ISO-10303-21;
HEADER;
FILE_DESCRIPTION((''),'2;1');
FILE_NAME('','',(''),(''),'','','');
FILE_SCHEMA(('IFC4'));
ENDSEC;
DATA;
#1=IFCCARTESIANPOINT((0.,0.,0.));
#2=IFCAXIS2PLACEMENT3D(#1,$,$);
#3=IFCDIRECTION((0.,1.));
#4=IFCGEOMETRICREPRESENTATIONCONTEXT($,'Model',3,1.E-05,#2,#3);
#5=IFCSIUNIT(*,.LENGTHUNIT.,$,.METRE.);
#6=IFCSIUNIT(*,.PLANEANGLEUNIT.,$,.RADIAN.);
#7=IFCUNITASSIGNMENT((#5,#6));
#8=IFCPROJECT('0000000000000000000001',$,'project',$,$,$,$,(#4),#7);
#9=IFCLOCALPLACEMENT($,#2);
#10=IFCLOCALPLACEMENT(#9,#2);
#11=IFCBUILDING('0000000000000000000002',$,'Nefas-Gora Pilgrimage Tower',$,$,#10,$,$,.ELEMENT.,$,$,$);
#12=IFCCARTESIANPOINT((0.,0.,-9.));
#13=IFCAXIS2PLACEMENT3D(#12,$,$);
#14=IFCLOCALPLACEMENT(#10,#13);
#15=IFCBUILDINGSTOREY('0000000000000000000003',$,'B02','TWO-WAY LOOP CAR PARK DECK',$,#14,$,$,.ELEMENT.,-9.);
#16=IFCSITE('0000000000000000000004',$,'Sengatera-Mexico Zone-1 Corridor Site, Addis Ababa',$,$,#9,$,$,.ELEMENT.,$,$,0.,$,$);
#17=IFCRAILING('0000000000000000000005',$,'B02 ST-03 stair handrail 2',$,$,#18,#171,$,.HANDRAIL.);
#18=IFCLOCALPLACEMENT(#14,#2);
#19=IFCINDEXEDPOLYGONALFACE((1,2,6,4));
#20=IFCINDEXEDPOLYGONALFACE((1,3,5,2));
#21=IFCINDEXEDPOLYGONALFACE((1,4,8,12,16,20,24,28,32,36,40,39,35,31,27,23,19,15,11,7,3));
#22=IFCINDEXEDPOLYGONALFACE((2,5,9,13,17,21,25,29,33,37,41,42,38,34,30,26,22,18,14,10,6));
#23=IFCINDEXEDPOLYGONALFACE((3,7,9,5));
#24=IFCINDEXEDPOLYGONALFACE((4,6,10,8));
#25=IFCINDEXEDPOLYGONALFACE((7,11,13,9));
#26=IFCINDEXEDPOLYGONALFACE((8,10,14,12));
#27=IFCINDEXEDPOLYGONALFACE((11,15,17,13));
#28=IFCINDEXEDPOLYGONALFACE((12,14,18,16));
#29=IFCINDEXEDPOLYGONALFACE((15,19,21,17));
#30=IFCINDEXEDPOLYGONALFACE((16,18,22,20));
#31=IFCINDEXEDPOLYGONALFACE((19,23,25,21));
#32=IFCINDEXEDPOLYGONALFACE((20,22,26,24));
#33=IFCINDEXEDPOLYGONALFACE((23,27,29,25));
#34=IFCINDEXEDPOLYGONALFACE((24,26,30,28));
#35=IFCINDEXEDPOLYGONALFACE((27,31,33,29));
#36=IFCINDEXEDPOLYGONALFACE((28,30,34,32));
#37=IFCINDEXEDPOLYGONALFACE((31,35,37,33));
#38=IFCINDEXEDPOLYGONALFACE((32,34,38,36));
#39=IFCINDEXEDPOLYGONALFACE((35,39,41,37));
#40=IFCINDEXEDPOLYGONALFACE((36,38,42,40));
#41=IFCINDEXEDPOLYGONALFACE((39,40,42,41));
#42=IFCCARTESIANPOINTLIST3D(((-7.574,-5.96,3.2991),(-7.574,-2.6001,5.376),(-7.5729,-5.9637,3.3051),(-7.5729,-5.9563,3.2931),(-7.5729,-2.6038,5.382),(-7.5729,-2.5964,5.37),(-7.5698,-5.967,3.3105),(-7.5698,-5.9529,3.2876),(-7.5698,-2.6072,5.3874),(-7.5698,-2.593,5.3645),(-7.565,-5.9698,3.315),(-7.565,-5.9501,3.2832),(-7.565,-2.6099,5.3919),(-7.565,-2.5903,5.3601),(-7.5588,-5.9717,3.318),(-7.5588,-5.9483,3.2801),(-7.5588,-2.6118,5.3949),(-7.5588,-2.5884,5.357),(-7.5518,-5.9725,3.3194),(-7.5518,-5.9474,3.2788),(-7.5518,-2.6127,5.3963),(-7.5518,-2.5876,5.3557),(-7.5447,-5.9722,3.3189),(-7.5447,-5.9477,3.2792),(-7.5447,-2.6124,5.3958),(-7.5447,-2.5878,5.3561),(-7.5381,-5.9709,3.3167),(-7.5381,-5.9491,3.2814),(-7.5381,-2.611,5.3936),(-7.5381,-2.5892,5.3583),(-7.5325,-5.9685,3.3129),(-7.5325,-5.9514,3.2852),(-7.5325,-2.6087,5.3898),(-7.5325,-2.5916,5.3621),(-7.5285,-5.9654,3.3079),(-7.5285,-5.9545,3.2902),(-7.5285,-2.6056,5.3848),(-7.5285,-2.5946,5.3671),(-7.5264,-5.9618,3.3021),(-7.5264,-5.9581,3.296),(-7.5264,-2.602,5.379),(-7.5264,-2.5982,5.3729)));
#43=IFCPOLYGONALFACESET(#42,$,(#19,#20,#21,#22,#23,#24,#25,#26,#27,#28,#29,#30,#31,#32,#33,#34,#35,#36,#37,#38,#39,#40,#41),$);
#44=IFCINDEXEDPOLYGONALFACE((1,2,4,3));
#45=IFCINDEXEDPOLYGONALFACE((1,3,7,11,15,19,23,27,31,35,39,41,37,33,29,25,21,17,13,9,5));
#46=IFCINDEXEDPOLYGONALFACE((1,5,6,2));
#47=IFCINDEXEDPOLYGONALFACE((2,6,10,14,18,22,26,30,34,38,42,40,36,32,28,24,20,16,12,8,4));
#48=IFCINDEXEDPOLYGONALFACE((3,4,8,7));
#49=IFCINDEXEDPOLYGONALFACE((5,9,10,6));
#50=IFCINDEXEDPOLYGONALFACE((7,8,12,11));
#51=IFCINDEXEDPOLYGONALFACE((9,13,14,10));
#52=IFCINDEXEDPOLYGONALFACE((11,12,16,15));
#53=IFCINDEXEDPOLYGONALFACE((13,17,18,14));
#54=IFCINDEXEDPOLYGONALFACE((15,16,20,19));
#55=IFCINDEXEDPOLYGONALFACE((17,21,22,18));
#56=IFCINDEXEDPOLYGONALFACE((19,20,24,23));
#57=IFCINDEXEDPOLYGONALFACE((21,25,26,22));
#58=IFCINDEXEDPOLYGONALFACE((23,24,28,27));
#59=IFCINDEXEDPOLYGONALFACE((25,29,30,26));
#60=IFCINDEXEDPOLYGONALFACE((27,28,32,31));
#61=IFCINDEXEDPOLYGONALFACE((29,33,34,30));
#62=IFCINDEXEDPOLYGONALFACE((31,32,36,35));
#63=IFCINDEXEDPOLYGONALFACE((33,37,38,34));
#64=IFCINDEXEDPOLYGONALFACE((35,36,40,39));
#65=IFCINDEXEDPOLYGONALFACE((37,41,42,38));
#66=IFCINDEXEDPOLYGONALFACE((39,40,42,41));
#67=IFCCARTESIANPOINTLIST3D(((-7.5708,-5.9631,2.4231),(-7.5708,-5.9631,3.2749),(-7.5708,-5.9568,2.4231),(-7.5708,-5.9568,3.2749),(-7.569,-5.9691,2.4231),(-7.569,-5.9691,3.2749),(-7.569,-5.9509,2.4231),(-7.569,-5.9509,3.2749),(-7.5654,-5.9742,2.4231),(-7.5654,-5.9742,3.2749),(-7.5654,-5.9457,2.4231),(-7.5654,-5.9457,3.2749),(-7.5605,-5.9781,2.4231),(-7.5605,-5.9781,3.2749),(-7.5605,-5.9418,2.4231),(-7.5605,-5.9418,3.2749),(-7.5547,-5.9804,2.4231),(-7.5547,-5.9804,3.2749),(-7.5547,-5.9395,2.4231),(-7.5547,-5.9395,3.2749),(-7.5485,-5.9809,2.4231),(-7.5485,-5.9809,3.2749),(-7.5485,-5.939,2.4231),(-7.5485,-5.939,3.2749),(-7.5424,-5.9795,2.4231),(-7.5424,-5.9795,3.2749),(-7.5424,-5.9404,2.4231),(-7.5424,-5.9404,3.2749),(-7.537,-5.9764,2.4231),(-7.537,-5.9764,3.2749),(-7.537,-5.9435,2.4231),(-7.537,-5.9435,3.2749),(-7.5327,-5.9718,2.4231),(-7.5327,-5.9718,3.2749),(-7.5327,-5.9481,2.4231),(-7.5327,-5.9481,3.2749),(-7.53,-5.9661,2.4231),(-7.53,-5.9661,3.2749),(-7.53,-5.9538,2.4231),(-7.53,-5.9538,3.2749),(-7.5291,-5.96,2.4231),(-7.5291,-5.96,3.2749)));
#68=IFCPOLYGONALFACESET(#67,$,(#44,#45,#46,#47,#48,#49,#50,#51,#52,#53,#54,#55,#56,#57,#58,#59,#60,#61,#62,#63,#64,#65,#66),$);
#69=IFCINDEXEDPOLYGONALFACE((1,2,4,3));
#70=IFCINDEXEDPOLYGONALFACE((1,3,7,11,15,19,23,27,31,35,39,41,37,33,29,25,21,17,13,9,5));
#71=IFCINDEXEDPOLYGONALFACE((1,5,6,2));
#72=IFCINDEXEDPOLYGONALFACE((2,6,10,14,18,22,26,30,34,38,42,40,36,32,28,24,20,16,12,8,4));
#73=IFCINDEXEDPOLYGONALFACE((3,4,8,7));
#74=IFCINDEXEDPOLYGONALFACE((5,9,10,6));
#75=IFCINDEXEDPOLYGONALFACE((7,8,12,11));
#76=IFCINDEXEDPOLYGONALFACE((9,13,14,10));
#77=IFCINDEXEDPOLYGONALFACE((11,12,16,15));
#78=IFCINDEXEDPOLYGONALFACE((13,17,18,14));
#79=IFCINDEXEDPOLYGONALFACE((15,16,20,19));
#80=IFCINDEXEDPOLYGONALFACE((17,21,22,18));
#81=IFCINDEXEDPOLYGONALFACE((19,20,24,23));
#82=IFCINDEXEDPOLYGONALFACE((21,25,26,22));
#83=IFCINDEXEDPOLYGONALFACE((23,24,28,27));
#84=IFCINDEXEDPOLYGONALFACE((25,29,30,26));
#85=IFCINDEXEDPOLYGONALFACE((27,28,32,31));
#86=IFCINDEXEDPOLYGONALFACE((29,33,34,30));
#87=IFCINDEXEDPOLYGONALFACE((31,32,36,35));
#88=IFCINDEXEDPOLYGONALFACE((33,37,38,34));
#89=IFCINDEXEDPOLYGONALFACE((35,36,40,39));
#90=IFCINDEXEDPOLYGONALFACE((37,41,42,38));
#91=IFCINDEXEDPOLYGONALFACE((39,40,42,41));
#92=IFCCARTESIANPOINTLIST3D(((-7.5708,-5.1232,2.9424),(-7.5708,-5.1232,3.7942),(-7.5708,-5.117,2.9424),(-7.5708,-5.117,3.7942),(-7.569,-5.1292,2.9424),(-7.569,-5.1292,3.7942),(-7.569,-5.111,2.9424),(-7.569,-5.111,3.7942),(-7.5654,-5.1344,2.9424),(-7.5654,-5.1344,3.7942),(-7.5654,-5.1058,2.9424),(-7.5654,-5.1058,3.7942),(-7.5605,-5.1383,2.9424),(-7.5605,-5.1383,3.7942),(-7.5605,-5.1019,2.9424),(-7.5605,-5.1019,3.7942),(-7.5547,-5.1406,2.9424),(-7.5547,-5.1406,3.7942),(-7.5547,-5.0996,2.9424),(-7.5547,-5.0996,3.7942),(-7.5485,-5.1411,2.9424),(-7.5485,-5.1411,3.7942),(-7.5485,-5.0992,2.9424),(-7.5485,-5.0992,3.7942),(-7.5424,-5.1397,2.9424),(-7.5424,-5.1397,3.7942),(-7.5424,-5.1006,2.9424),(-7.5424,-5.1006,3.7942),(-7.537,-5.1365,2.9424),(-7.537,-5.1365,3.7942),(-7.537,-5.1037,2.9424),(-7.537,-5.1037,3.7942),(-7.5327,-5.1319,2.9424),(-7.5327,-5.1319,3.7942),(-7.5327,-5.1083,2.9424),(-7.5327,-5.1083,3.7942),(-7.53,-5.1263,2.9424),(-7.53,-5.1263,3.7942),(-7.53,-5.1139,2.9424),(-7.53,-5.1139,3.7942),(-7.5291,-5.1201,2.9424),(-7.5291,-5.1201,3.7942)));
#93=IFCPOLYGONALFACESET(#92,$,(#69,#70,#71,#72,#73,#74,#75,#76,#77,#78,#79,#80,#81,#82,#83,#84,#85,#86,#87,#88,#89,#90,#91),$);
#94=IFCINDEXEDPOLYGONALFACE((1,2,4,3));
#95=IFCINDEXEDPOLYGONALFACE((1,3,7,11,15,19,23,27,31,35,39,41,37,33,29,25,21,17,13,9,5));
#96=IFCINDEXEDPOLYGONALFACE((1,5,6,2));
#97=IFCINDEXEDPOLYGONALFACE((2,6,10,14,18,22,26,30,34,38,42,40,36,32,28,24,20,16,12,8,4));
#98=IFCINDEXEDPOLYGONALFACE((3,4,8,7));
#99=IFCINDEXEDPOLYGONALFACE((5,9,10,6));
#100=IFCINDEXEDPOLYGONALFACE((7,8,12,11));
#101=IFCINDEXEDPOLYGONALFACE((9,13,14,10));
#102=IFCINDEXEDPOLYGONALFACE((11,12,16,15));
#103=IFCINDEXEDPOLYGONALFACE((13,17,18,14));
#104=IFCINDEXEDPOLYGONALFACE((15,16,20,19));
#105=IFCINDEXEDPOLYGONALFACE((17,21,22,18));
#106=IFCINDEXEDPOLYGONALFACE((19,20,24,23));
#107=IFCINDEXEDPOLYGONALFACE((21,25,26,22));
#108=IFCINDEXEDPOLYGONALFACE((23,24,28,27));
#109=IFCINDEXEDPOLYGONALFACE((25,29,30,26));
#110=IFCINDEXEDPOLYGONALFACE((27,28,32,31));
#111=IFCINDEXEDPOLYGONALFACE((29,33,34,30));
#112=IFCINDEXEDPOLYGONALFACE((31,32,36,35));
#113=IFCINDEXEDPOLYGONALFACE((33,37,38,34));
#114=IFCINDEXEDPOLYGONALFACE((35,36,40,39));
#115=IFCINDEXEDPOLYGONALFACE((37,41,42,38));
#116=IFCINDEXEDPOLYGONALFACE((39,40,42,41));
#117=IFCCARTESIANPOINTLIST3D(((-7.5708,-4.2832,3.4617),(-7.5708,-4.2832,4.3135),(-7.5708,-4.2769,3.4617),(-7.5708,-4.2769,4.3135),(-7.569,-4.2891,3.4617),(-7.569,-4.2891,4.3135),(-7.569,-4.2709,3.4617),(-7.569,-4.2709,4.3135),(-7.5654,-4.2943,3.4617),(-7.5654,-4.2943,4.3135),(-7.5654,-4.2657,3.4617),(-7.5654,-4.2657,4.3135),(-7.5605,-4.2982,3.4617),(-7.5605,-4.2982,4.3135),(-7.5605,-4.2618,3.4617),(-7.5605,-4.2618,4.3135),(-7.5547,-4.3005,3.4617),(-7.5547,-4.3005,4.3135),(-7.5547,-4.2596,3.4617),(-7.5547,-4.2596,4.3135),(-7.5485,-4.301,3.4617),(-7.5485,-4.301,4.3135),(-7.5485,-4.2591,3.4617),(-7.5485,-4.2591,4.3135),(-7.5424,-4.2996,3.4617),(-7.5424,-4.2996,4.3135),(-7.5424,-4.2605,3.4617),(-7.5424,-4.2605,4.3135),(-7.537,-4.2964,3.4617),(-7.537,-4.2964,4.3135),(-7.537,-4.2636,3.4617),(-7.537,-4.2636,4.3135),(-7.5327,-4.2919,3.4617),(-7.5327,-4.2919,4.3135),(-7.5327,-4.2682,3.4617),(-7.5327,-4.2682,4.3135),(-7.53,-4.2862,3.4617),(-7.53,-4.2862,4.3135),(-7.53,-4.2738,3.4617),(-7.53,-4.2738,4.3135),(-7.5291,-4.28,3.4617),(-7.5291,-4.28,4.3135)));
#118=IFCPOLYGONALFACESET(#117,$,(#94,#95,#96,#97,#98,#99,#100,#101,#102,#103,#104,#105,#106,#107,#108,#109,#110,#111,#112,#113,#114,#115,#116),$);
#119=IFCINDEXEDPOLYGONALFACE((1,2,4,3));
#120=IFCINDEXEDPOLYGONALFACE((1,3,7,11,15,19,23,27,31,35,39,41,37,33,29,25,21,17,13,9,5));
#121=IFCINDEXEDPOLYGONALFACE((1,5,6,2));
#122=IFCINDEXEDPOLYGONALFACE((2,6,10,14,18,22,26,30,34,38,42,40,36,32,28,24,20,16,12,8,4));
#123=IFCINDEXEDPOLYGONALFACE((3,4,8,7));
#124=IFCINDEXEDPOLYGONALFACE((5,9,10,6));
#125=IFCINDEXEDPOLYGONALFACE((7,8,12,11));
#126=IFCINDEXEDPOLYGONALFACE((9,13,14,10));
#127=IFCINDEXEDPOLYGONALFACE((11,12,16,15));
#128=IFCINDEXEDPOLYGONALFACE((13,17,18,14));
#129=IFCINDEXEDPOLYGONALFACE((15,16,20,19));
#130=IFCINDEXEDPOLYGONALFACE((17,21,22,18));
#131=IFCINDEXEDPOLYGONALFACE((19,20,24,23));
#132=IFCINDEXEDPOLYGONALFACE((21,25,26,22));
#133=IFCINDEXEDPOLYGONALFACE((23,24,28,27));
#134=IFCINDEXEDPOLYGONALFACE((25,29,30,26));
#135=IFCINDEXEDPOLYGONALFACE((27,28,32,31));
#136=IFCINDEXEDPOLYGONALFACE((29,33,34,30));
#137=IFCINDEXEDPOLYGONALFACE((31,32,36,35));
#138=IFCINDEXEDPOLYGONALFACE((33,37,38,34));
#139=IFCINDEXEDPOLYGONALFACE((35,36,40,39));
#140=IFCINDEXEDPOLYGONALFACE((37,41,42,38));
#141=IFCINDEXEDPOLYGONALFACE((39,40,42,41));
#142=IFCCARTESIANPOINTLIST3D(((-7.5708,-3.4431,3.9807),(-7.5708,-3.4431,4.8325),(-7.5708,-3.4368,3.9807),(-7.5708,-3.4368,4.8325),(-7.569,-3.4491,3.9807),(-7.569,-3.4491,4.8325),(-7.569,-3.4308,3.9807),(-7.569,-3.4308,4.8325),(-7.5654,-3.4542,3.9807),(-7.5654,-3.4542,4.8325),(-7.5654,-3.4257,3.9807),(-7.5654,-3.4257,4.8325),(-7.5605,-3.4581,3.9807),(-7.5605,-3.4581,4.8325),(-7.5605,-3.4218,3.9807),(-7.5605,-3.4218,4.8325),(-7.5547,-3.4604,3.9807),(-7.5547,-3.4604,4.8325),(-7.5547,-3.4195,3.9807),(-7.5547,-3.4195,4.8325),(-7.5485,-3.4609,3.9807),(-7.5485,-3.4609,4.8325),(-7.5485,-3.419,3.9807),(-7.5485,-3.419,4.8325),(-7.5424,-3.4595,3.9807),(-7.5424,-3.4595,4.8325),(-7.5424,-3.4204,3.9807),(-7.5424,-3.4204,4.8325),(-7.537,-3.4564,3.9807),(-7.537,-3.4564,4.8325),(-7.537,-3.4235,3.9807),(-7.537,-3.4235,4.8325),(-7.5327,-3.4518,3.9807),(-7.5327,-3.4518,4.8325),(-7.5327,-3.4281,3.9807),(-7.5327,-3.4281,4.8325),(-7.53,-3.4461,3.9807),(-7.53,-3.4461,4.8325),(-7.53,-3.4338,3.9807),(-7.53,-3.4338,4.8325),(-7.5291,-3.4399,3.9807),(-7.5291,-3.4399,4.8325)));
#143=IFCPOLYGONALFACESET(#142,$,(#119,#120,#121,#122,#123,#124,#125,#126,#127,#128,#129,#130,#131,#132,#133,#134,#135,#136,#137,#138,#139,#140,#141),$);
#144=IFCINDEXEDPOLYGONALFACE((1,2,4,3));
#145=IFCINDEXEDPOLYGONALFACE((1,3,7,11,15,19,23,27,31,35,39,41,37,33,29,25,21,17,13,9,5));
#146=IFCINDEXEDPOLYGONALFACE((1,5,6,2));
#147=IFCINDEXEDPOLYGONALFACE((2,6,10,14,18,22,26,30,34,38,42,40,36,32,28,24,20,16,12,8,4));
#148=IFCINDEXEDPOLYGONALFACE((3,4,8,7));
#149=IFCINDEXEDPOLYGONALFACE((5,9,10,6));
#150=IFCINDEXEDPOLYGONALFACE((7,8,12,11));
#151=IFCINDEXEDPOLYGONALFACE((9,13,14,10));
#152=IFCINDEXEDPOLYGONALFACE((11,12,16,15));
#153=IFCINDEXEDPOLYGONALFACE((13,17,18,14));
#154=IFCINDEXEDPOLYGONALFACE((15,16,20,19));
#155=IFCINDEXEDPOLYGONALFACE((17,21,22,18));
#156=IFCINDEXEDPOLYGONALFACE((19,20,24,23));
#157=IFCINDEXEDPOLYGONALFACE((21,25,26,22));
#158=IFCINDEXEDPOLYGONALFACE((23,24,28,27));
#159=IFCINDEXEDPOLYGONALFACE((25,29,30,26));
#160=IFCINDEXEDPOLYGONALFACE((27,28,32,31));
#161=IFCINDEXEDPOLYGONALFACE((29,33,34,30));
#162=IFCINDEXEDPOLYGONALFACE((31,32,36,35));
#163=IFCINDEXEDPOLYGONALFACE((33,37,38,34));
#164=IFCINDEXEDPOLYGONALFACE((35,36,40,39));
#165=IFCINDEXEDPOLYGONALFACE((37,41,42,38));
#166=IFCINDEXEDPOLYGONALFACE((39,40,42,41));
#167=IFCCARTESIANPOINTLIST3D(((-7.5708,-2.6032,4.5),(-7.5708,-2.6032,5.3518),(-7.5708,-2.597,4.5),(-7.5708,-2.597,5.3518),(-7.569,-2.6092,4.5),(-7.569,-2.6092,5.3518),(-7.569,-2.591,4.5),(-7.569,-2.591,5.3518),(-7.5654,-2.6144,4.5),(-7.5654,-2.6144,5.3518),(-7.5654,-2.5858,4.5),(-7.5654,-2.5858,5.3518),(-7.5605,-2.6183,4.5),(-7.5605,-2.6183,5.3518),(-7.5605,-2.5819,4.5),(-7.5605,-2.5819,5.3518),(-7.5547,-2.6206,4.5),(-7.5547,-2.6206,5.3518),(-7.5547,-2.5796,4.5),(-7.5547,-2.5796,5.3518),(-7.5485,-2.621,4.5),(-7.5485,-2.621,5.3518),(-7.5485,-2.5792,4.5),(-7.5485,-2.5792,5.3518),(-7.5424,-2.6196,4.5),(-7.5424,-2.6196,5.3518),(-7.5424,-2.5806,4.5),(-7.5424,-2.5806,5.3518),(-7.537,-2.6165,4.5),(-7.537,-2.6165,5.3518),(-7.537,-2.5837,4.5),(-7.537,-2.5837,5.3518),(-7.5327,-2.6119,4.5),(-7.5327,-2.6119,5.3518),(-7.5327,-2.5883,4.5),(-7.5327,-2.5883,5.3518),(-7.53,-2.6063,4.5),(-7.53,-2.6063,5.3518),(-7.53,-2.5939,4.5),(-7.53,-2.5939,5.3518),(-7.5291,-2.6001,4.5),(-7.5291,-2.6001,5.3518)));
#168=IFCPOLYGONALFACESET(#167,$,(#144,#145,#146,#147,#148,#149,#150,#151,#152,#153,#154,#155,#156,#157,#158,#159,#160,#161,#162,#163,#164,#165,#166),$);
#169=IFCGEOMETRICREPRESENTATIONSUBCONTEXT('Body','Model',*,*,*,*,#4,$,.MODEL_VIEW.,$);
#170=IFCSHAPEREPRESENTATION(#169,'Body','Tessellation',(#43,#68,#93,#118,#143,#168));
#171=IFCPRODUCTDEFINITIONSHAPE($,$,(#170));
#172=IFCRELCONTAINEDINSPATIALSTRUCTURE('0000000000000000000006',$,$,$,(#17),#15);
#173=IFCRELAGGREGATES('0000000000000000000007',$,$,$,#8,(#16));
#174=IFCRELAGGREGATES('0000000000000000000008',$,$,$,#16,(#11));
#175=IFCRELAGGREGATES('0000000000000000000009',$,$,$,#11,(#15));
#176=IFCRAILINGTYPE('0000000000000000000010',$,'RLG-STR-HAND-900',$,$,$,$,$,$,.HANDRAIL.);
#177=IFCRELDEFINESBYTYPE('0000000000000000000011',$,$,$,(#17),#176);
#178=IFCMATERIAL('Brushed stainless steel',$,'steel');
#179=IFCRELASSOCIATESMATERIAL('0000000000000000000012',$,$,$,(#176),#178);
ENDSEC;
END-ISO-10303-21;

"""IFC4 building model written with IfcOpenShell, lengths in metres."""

from ifc_helpers import new_model, si_unit, direction, frame, origin, origin_2d, place, context, subcontext, project, spatial, circle, extrude, material, type_object, element, save


model = new_model("IFC4")

# Units and contexts
model_context = context("Model", 3, precision=1e-05, world=origin(), true_north=direction((0.0, 1.0)))
body_context = subcontext(model_context, "Body", "Model", "MODEL_VIEW")
ifc_project = project(units=[si_unit("LENGTHUNIT", "METRE"), si_unit("PLANEANGLEUNIT", "RADIAN")], contexts=[model_context])

# Site, building, storey
site_placement = place(None, origin())
site = spatial("IfcSite", under=ifc_project, at=site_placement, Name="Sengatera-Mexico Zone-1 Corridor Site, Addis Ababa", CompositionType="ELEMENT", RefElevation=0.0)
building_placement = place(site_placement, origin())
building = spatial("IfcBuilding", under=site, at=building_placement, Name="Nefas-Gora Pilgrimage Tower", CompositionType="ELEMENT")
storey_placement = place(building_placement, frame((0.0, 0.0, -9.0)))
storey = spatial("IfcBuildingStorey", under=building, at=storey_placement, Name="B02", Description="TWO-WAY LOOP CAR PARK DECK", CompositionType="ELEMENT", Elevation=-9.0)

# Railing
ifc_material_1 = material(Name="Brushed stainless steel", Category="steel")
railing_type_1 = type_object("IfcRailingType", Name="RLG-STR-HAND-900", PredefinedType="HANDRAIL", material=ifc_material_1)
railing_1_placement = place(storey_placement, frame((-7.55, -5.96, 2.4231)))
element("IfcRailing", 1, at=railing_1_placement, inside=storey, type_object=railing_type_1, Name="B02 ST-03 stair handrail 2", PredefinedType="HANDRAIL", context=body_context, shape_type="SweptSolid", body=[
    extrude(circle(Radius=0.0239, at=origin_2d()), frame((0.0, 0.0, 0.876), z_axis=(0.0, 0.850606, 0.525803), x_axis=(-1.0, 0.0, 0.0)), (0.0, 0.0, 1.0), 3.95),
    extrude(circle(Radius=0.021, at=origin_2d()), origin(), (0.0, 0.0, 1.0), 0.8518),
    extrude(circle(Radius=0.021, at=origin_2d()), frame((0.0, 0.8398, 0.5193)), (0.0, 0.0, 1.0), 0.8518),
    extrude(circle(Radius=0.021, at=origin_2d()), frame((0.0, 1.6799, 1.0386)), (0.0, 0.0, 1.0), 0.8518),
    extrude(circle(Radius=0.021, at=origin_2d()), frame((0.0, 2.52, 1.5576)), (0.0, 0.0, 1.0), 0.8518),
    extrude(circle(Radius=0.021, at=origin_2d()), frame((0.0, 3.3599, 2.0769)), (0.0, 0.0, 1.0), 0.8518),
])

save(model, "model.ifc")
